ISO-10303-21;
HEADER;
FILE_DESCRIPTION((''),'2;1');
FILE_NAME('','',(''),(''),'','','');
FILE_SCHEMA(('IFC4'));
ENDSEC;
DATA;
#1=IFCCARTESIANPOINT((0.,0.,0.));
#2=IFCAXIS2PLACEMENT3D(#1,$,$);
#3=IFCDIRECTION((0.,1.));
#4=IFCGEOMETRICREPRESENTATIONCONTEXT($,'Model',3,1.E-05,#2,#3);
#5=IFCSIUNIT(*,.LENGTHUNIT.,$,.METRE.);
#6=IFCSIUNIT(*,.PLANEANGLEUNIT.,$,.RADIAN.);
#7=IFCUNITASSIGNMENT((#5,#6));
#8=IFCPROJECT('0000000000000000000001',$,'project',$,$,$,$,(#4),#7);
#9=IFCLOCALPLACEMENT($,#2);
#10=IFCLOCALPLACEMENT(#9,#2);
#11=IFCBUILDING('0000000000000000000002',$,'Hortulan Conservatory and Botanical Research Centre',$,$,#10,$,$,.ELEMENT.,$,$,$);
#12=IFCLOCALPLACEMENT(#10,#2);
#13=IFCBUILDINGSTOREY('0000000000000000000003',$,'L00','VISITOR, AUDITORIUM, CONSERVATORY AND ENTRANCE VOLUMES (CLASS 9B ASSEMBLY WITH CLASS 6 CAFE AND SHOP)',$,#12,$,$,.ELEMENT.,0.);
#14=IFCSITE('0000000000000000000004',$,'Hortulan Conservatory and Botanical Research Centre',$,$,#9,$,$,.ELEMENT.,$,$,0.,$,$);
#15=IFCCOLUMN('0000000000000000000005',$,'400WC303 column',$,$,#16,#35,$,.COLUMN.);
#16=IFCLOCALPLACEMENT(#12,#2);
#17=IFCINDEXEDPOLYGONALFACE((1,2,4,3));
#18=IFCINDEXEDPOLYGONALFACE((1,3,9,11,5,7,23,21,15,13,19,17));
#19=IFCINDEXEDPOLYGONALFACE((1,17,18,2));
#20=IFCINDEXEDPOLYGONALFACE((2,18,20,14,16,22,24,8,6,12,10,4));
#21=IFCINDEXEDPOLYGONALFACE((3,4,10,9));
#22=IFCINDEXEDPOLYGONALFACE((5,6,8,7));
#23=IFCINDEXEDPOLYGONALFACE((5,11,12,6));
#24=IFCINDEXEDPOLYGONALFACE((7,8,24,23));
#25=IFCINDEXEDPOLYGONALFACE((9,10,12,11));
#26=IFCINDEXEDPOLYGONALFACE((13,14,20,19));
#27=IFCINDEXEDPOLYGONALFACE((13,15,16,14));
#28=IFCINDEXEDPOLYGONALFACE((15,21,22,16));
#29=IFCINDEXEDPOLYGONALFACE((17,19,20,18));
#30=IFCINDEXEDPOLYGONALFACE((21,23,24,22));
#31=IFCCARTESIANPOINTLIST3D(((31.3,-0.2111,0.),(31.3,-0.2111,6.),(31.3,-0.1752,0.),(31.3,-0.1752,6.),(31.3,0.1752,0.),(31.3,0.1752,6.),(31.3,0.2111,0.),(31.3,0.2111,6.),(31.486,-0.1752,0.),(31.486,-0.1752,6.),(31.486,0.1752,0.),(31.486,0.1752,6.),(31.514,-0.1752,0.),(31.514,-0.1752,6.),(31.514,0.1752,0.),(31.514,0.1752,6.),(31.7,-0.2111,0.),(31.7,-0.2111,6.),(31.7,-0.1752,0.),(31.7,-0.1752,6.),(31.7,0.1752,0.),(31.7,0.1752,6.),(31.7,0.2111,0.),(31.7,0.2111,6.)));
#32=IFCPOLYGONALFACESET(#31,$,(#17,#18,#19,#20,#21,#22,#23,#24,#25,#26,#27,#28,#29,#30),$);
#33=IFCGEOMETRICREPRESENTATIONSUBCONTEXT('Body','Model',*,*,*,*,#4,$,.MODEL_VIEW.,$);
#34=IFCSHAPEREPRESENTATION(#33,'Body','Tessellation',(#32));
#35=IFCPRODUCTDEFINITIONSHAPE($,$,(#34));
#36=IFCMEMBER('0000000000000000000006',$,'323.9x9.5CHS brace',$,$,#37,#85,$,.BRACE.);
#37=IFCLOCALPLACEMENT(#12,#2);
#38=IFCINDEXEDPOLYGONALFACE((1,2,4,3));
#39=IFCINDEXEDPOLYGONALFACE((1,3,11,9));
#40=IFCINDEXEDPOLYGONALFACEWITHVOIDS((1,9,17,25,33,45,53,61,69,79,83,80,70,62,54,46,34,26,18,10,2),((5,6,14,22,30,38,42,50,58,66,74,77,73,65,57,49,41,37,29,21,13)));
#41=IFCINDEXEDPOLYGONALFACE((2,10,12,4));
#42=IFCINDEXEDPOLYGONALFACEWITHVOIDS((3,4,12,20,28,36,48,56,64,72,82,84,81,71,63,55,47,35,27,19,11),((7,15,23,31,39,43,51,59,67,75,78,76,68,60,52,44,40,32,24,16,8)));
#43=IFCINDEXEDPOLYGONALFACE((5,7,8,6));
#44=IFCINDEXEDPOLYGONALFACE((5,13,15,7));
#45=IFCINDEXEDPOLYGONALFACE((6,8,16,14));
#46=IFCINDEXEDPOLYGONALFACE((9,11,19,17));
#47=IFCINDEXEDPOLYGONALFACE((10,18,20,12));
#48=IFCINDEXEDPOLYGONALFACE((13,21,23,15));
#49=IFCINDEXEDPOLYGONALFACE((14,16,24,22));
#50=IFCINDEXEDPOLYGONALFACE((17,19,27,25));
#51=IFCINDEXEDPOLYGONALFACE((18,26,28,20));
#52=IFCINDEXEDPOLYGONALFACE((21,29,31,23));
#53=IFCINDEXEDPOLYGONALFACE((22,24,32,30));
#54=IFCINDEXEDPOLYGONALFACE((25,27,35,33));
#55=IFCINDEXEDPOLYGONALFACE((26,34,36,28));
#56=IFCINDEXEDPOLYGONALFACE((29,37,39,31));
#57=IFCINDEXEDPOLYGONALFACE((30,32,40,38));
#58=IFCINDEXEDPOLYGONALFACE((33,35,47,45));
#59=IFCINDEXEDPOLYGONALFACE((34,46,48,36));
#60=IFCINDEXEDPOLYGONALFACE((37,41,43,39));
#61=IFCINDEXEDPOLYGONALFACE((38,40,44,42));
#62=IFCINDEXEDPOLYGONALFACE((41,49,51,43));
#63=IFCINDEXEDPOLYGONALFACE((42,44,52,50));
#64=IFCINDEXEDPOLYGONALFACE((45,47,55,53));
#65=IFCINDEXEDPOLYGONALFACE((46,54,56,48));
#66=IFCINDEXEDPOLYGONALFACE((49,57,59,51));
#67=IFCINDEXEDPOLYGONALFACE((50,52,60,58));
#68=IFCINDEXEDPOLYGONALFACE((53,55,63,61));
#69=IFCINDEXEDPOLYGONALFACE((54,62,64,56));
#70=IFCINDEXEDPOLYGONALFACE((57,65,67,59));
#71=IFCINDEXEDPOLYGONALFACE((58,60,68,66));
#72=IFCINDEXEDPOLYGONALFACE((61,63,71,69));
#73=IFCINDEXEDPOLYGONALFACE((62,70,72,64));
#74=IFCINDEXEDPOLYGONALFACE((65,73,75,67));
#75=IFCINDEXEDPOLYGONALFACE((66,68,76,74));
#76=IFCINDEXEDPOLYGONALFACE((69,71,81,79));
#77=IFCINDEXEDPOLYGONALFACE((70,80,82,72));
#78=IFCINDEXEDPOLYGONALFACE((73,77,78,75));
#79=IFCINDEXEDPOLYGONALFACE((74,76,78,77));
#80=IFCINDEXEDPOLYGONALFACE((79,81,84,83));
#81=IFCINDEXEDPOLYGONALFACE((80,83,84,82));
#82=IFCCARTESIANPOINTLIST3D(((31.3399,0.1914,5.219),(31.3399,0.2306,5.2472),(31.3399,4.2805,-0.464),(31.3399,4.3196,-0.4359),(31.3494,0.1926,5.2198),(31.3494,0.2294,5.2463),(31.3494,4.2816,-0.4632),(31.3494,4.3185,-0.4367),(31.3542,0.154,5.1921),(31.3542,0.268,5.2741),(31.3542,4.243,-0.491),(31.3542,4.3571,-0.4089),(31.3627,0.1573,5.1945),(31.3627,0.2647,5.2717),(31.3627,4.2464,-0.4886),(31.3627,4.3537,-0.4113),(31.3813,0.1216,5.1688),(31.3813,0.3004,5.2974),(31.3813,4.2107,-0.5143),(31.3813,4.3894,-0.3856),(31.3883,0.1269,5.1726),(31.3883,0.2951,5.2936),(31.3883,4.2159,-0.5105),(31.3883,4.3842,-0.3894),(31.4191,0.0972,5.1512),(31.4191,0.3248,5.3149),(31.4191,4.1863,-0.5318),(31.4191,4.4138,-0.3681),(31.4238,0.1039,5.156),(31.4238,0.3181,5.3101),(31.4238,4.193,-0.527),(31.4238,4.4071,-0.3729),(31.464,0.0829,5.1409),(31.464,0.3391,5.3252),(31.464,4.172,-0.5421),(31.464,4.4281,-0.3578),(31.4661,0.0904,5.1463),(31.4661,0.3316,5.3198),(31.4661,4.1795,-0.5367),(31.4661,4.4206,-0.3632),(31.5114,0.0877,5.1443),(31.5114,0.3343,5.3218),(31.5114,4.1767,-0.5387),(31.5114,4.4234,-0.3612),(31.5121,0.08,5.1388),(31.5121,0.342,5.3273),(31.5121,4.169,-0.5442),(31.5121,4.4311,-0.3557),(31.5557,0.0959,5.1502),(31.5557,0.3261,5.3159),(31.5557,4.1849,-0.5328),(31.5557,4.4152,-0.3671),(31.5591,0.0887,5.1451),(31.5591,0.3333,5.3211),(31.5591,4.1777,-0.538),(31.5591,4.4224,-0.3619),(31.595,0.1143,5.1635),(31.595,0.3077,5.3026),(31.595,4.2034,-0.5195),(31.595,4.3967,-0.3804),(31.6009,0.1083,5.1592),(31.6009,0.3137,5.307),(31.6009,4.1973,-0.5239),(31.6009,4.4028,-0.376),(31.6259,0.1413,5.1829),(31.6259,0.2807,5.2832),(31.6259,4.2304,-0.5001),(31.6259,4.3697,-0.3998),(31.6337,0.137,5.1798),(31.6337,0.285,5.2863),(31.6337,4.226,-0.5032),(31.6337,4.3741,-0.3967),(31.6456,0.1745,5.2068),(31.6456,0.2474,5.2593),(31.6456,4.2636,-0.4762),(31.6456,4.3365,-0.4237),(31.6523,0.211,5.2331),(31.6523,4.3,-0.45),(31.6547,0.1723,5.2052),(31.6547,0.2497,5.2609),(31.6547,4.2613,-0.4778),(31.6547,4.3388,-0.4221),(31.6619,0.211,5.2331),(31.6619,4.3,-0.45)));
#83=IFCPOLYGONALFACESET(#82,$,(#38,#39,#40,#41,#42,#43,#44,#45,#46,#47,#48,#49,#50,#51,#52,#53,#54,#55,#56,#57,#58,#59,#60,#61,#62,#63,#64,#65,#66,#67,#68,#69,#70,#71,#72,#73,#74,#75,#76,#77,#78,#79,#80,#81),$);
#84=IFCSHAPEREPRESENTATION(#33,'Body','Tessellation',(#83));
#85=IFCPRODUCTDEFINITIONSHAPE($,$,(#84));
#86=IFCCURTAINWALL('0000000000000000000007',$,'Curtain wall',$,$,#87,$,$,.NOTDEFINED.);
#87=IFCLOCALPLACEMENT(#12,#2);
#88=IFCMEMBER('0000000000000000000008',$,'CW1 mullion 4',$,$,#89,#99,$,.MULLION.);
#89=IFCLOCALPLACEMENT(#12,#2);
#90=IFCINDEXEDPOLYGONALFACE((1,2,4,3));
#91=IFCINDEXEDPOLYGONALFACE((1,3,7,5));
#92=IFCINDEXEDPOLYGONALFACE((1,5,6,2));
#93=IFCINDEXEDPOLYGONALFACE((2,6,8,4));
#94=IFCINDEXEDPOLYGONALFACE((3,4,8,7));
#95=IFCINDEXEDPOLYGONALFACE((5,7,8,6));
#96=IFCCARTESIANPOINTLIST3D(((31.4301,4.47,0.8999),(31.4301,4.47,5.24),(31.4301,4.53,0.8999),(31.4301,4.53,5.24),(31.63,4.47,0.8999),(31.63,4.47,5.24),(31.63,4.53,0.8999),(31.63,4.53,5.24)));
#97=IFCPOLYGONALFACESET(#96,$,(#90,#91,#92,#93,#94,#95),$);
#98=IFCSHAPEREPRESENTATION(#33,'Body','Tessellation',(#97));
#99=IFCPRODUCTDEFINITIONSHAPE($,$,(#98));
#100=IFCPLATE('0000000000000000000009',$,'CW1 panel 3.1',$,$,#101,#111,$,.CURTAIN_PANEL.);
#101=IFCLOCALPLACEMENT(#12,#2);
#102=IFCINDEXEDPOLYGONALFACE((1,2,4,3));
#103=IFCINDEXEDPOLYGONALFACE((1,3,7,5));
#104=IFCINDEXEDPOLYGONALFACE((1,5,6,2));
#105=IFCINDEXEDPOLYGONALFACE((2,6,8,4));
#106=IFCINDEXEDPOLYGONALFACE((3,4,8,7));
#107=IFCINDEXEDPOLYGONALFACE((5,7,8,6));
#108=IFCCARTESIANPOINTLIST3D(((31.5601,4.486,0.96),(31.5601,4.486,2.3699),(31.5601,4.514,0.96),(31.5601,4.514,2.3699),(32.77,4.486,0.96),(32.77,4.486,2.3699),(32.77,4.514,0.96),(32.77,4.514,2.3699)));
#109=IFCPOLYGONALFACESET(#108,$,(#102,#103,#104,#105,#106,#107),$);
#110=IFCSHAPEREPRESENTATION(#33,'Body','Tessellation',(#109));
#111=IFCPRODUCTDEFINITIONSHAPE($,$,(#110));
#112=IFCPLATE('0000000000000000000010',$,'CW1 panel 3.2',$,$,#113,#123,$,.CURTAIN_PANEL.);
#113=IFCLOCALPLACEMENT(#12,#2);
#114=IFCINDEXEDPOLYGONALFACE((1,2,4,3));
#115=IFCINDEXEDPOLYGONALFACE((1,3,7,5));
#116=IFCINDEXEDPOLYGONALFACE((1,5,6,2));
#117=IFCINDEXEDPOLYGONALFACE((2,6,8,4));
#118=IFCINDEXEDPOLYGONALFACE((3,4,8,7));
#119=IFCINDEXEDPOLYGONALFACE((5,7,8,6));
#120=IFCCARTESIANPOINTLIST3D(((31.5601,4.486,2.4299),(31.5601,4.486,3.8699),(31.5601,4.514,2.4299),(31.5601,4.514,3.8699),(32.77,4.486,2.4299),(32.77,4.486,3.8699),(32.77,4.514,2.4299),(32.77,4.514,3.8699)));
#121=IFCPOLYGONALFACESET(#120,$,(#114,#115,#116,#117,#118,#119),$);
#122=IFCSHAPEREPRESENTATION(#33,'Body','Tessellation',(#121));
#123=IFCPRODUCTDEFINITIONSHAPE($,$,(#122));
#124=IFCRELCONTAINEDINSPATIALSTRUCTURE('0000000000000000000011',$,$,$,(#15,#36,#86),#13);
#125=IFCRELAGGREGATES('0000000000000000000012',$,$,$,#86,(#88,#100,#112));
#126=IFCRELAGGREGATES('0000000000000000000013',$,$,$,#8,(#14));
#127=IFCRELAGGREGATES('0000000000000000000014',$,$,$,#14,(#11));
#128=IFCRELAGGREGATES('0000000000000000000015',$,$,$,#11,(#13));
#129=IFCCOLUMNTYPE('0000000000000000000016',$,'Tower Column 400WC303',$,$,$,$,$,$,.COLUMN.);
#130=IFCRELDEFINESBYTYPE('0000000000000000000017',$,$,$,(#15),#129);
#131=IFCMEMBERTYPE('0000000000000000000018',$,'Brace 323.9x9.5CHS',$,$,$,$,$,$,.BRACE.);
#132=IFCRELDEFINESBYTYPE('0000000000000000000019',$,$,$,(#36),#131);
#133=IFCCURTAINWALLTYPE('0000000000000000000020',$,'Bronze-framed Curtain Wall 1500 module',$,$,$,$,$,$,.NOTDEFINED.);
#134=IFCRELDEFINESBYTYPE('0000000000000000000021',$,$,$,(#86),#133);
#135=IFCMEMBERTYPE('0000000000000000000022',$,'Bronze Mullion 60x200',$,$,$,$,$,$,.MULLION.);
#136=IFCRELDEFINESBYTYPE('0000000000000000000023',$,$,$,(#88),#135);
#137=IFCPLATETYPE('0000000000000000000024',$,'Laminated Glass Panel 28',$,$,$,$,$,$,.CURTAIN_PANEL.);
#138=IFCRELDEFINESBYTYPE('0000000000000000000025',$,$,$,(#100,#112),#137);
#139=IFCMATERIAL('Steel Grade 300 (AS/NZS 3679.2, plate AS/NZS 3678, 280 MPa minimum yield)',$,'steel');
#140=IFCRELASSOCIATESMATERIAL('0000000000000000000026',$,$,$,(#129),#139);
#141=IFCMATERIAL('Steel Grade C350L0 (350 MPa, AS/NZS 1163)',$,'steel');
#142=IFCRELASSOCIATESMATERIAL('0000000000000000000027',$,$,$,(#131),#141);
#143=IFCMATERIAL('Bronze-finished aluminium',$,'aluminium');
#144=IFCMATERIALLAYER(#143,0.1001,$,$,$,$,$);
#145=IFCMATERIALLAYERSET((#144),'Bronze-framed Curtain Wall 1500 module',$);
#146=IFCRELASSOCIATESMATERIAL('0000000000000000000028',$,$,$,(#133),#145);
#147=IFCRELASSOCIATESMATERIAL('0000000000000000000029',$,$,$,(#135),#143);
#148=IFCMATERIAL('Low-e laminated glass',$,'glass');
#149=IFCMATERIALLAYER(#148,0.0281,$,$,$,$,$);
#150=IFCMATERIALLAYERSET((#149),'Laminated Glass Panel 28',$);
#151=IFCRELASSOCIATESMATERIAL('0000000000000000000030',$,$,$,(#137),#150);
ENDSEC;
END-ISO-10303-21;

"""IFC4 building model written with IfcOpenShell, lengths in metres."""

from ifc_helpers import new_model, si_unit, direction, frame, origin, origin_2d, place, context, subcontext, project, spatial, rectangle, hollow_circle, i_section, extrude, material, layer, layer_set, material_profile, profile_set, type_object, element, aggregate, save


model = new_model("IFC4")

# Units and contexts
model_context = context("Model", 3, precision=1e-05, world=origin(), true_north=direction((0.0, 1.0)))
body_context = subcontext(model_context, "Body", "Model", "MODEL_VIEW")
ifc_project = project(units=[si_unit("LENGTHUNIT", "METRE"), si_unit("PLANEANGLEUNIT", "RADIAN")], contexts=[model_context])

# Site, building, storey
site_placement = place(None, origin())
site = spatial("IfcSite", under=ifc_project, at=site_placement, Name="Hortulan Conservatory and Botanical Research Centre", CompositionType="ELEMENT", RefElevation=0.0)
building_placement = place(site_placement, origin())
building = spatial("IfcBuilding", under=site, at=building_placement, Name="Hortulan Conservatory and Botanical Research Centre", CompositionType="ELEMENT")
storey_placement = place(building_placement, origin())
storey = spatial("IfcBuildingStorey", under=building, at=storey_placement, Name="L00", Description="VISITOR, AUDITORIUM, CONSERVATORY AND ENTRANCE VOLUMES (CLASS 9B ASSEMBLY WITH CLASS 6 CAFE AND SHOP)", CompositionType="ELEMENT", Elevation=0.0)

# Column
ifc_material_1 = material(Name="Steel Grade 300 (AS/NZS 3679.2, plate AS/NZS 3678, 280 MPa minimum yield)", Category="steel")
ifc_material_profile_1 = material_profile(ifc_material_1, i_section(OverallWidth=0.3999, OverallDepth=0.4221, WebThickness=0.0281, FlangeThickness=0.0359, at=origin_2d()), Name="400WC303")
ifc_profile_set_1 = profile_set([ifc_material_profile_1], Name="Steel Grade 300 (AS/NZS 3679.2, plate AS/NZS 3678, 280 MPa minimum yield)")
column_type = type_object("IfcColumnType", Name="Tower Column 400WC303", PredefinedType="COLUMN", material=ifc_profile_set_1)
column_placement = place(storey_placement, frame((31.5, 0.0, 0.0), z_axis=(0.0, 0.0, 1.0), x_axis=(1.0, 0.0, 0.0)))
element("IfcColumn", 1, at=column_placement, inside=storey, type_object=column_type, Name="400WC303 column", PredefinedType="COLUMN", context=body_context, shape_type="SweptSolid", body=[
    extrude(i_section(OverallWidth=0.3999, OverallDepth=0.4221, WebThickness=0.0281, FlangeThickness=0.0359, at=origin_2d()), origin(), (0.0, 0.0, 1.0), 6.0),
])

# Member
ifc_material_2 = material(Name="Steel Grade C350L0 (350 MPa, AS/NZS 1163)", Category="steel")
ifc_material_profile_2 = material_profile(ifc_material_2, hollow_circle(Radius=0.1619, WallThickness=0.0095, at=origin_2d()), Name="323.9x9.5CHS")
ifc_profile_set_2 = profile_set([ifc_material_profile_2], Name="Steel Grade C350L0 (350 MPa, AS/NZS 1163)")
member_type_1 = type_object("IfcMemberType", Name="Brace 323.9x9.5CHS", PredefinedType="BRACE", material=ifc_profile_set_2)
member_1_placement = place(storey_placement, frame((31.5, 4.3, -0.45), z_axis=(0.0, -0.584048, 0.811719), x_axis=(1.0, 0.0, 0.0)))
element("IfcMember", 2, at=member_1_placement, inside=storey, type_object=member_type_1, Name="323.9x9.5CHS brace", PredefinedType="BRACE", context=body_context, shape_type="SweptSolid", body=[
    extrude(hollow_circle(Radius=0.1619, WallThickness=0.0095, at=origin_2d()), origin(), (0.0, 0.0, 1.0), 7.0012),
])

# Curtain wall, member, plates
ifc_material_3 = material(Name="Bronze-finished aluminium", Category="aluminium")
ifc_layer_1 = layer(ifc_material_3, 0.1001)
ifc_layer_set_1 = layer_set([ifc_layer_1], Name="Bronze-framed Curtain Wall 1500 module")
curtain_wall_type = type_object("IfcCurtainWallType", Name="Bronze-framed Curtain Wall 1500 module", PredefinedType="NOTDEFINED", material=ifc_layer_set_1)
curtain_wall_placement = place(storey_placement, origin())
curtain_wall = element("IfcCurtainWall", 3, at=curtain_wall_placement, inside=storey, type_object=curtain_wall_type, Name="Curtain wall", PredefinedType="NOTDEFINED")
ifc_material_profile_3 = material_profile(ifc_material_3, rectangle(XDim=0.0601, YDim=0.2, at=origin_2d()), Name="Bronze Mullion 60x200")
ifc_profile_set_3 = profile_set([ifc_material_profile_3], Name="Bronze-finished aluminium")
member_type_2 = type_object("IfcMemberType", Name="Bronze Mullion 60x200", PredefinedType="MULLION", material=ifc_profile_set_3)
member_2_placement = place(storey_placement, frame((31.53, 4.5, 0.8999), z_axis=(0.0, 0.0, 1.0), x_axis=(0.0, -1.0, 0.0)))
member_2 = element("IfcMember", 4, at=member_2_placement, type_object=member_type_2, Name="CW1 mullion 4", PredefinedType="MULLION", context=body_context, shape_type="SweptSolid", body=[
    extrude(rectangle(XDim=0.0601, YDim=0.2, at=origin_2d()), origin(), (0.0, 0.0, 1.0), 4.3401),
])
ifc_material_4 = material(Name="Low-e laminated glass", Category="glass")
ifc_layer_2 = layer(ifc_material_4, 0.0281)
ifc_layer_set_2 = layer_set([ifc_layer_2], Name="Laminated Glass Panel 28")
plate_type = type_object("IfcPlateType", Name="Laminated Glass Panel 28", PredefinedType="CURTAIN_PANEL", material=ifc_layer_set_2)
plate_1_placement = place(storey_placement, frame((32.165, 4.5, 0.96), z_axis=(0.0, 0.0, 1.0), x_axis=(-1.0, 0.0, 0.0)))
plate_1 = element("IfcPlate", 5, at=plate_1_placement, type_object=plate_type, Name="CW1 panel 3.1", PredefinedType="CURTAIN_PANEL", context=body_context, shape_type="SweptSolid", body=[
    extrude(rectangle(XDim=1.21, YDim=0.0281, at=origin_2d()), origin(), (0.0, 0.0, 1.0), 1.4099),
])
plate_2_placement = place(storey_placement, frame((32.165, 4.5, 2.4299), z_axis=(0.0, 0.0, 1.0), x_axis=(-1.0, 0.0, 0.0)))
plate_2 = element("IfcPlate", 6, at=plate_2_placement, type_object=plate_type, Name="CW1 panel 3.2", PredefinedType="CURTAIN_PANEL", context=body_context, shape_type="SweptSolid", body=[
    extrude(rectangle(XDim=1.21, YDim=0.0281, at=origin_2d()), origin(), (0.0, 0.0, 1.0), 1.4399),
])
aggregate(curtain_wall, [member_2, plate_1, plate_2])

save(model, "model.ifc")
